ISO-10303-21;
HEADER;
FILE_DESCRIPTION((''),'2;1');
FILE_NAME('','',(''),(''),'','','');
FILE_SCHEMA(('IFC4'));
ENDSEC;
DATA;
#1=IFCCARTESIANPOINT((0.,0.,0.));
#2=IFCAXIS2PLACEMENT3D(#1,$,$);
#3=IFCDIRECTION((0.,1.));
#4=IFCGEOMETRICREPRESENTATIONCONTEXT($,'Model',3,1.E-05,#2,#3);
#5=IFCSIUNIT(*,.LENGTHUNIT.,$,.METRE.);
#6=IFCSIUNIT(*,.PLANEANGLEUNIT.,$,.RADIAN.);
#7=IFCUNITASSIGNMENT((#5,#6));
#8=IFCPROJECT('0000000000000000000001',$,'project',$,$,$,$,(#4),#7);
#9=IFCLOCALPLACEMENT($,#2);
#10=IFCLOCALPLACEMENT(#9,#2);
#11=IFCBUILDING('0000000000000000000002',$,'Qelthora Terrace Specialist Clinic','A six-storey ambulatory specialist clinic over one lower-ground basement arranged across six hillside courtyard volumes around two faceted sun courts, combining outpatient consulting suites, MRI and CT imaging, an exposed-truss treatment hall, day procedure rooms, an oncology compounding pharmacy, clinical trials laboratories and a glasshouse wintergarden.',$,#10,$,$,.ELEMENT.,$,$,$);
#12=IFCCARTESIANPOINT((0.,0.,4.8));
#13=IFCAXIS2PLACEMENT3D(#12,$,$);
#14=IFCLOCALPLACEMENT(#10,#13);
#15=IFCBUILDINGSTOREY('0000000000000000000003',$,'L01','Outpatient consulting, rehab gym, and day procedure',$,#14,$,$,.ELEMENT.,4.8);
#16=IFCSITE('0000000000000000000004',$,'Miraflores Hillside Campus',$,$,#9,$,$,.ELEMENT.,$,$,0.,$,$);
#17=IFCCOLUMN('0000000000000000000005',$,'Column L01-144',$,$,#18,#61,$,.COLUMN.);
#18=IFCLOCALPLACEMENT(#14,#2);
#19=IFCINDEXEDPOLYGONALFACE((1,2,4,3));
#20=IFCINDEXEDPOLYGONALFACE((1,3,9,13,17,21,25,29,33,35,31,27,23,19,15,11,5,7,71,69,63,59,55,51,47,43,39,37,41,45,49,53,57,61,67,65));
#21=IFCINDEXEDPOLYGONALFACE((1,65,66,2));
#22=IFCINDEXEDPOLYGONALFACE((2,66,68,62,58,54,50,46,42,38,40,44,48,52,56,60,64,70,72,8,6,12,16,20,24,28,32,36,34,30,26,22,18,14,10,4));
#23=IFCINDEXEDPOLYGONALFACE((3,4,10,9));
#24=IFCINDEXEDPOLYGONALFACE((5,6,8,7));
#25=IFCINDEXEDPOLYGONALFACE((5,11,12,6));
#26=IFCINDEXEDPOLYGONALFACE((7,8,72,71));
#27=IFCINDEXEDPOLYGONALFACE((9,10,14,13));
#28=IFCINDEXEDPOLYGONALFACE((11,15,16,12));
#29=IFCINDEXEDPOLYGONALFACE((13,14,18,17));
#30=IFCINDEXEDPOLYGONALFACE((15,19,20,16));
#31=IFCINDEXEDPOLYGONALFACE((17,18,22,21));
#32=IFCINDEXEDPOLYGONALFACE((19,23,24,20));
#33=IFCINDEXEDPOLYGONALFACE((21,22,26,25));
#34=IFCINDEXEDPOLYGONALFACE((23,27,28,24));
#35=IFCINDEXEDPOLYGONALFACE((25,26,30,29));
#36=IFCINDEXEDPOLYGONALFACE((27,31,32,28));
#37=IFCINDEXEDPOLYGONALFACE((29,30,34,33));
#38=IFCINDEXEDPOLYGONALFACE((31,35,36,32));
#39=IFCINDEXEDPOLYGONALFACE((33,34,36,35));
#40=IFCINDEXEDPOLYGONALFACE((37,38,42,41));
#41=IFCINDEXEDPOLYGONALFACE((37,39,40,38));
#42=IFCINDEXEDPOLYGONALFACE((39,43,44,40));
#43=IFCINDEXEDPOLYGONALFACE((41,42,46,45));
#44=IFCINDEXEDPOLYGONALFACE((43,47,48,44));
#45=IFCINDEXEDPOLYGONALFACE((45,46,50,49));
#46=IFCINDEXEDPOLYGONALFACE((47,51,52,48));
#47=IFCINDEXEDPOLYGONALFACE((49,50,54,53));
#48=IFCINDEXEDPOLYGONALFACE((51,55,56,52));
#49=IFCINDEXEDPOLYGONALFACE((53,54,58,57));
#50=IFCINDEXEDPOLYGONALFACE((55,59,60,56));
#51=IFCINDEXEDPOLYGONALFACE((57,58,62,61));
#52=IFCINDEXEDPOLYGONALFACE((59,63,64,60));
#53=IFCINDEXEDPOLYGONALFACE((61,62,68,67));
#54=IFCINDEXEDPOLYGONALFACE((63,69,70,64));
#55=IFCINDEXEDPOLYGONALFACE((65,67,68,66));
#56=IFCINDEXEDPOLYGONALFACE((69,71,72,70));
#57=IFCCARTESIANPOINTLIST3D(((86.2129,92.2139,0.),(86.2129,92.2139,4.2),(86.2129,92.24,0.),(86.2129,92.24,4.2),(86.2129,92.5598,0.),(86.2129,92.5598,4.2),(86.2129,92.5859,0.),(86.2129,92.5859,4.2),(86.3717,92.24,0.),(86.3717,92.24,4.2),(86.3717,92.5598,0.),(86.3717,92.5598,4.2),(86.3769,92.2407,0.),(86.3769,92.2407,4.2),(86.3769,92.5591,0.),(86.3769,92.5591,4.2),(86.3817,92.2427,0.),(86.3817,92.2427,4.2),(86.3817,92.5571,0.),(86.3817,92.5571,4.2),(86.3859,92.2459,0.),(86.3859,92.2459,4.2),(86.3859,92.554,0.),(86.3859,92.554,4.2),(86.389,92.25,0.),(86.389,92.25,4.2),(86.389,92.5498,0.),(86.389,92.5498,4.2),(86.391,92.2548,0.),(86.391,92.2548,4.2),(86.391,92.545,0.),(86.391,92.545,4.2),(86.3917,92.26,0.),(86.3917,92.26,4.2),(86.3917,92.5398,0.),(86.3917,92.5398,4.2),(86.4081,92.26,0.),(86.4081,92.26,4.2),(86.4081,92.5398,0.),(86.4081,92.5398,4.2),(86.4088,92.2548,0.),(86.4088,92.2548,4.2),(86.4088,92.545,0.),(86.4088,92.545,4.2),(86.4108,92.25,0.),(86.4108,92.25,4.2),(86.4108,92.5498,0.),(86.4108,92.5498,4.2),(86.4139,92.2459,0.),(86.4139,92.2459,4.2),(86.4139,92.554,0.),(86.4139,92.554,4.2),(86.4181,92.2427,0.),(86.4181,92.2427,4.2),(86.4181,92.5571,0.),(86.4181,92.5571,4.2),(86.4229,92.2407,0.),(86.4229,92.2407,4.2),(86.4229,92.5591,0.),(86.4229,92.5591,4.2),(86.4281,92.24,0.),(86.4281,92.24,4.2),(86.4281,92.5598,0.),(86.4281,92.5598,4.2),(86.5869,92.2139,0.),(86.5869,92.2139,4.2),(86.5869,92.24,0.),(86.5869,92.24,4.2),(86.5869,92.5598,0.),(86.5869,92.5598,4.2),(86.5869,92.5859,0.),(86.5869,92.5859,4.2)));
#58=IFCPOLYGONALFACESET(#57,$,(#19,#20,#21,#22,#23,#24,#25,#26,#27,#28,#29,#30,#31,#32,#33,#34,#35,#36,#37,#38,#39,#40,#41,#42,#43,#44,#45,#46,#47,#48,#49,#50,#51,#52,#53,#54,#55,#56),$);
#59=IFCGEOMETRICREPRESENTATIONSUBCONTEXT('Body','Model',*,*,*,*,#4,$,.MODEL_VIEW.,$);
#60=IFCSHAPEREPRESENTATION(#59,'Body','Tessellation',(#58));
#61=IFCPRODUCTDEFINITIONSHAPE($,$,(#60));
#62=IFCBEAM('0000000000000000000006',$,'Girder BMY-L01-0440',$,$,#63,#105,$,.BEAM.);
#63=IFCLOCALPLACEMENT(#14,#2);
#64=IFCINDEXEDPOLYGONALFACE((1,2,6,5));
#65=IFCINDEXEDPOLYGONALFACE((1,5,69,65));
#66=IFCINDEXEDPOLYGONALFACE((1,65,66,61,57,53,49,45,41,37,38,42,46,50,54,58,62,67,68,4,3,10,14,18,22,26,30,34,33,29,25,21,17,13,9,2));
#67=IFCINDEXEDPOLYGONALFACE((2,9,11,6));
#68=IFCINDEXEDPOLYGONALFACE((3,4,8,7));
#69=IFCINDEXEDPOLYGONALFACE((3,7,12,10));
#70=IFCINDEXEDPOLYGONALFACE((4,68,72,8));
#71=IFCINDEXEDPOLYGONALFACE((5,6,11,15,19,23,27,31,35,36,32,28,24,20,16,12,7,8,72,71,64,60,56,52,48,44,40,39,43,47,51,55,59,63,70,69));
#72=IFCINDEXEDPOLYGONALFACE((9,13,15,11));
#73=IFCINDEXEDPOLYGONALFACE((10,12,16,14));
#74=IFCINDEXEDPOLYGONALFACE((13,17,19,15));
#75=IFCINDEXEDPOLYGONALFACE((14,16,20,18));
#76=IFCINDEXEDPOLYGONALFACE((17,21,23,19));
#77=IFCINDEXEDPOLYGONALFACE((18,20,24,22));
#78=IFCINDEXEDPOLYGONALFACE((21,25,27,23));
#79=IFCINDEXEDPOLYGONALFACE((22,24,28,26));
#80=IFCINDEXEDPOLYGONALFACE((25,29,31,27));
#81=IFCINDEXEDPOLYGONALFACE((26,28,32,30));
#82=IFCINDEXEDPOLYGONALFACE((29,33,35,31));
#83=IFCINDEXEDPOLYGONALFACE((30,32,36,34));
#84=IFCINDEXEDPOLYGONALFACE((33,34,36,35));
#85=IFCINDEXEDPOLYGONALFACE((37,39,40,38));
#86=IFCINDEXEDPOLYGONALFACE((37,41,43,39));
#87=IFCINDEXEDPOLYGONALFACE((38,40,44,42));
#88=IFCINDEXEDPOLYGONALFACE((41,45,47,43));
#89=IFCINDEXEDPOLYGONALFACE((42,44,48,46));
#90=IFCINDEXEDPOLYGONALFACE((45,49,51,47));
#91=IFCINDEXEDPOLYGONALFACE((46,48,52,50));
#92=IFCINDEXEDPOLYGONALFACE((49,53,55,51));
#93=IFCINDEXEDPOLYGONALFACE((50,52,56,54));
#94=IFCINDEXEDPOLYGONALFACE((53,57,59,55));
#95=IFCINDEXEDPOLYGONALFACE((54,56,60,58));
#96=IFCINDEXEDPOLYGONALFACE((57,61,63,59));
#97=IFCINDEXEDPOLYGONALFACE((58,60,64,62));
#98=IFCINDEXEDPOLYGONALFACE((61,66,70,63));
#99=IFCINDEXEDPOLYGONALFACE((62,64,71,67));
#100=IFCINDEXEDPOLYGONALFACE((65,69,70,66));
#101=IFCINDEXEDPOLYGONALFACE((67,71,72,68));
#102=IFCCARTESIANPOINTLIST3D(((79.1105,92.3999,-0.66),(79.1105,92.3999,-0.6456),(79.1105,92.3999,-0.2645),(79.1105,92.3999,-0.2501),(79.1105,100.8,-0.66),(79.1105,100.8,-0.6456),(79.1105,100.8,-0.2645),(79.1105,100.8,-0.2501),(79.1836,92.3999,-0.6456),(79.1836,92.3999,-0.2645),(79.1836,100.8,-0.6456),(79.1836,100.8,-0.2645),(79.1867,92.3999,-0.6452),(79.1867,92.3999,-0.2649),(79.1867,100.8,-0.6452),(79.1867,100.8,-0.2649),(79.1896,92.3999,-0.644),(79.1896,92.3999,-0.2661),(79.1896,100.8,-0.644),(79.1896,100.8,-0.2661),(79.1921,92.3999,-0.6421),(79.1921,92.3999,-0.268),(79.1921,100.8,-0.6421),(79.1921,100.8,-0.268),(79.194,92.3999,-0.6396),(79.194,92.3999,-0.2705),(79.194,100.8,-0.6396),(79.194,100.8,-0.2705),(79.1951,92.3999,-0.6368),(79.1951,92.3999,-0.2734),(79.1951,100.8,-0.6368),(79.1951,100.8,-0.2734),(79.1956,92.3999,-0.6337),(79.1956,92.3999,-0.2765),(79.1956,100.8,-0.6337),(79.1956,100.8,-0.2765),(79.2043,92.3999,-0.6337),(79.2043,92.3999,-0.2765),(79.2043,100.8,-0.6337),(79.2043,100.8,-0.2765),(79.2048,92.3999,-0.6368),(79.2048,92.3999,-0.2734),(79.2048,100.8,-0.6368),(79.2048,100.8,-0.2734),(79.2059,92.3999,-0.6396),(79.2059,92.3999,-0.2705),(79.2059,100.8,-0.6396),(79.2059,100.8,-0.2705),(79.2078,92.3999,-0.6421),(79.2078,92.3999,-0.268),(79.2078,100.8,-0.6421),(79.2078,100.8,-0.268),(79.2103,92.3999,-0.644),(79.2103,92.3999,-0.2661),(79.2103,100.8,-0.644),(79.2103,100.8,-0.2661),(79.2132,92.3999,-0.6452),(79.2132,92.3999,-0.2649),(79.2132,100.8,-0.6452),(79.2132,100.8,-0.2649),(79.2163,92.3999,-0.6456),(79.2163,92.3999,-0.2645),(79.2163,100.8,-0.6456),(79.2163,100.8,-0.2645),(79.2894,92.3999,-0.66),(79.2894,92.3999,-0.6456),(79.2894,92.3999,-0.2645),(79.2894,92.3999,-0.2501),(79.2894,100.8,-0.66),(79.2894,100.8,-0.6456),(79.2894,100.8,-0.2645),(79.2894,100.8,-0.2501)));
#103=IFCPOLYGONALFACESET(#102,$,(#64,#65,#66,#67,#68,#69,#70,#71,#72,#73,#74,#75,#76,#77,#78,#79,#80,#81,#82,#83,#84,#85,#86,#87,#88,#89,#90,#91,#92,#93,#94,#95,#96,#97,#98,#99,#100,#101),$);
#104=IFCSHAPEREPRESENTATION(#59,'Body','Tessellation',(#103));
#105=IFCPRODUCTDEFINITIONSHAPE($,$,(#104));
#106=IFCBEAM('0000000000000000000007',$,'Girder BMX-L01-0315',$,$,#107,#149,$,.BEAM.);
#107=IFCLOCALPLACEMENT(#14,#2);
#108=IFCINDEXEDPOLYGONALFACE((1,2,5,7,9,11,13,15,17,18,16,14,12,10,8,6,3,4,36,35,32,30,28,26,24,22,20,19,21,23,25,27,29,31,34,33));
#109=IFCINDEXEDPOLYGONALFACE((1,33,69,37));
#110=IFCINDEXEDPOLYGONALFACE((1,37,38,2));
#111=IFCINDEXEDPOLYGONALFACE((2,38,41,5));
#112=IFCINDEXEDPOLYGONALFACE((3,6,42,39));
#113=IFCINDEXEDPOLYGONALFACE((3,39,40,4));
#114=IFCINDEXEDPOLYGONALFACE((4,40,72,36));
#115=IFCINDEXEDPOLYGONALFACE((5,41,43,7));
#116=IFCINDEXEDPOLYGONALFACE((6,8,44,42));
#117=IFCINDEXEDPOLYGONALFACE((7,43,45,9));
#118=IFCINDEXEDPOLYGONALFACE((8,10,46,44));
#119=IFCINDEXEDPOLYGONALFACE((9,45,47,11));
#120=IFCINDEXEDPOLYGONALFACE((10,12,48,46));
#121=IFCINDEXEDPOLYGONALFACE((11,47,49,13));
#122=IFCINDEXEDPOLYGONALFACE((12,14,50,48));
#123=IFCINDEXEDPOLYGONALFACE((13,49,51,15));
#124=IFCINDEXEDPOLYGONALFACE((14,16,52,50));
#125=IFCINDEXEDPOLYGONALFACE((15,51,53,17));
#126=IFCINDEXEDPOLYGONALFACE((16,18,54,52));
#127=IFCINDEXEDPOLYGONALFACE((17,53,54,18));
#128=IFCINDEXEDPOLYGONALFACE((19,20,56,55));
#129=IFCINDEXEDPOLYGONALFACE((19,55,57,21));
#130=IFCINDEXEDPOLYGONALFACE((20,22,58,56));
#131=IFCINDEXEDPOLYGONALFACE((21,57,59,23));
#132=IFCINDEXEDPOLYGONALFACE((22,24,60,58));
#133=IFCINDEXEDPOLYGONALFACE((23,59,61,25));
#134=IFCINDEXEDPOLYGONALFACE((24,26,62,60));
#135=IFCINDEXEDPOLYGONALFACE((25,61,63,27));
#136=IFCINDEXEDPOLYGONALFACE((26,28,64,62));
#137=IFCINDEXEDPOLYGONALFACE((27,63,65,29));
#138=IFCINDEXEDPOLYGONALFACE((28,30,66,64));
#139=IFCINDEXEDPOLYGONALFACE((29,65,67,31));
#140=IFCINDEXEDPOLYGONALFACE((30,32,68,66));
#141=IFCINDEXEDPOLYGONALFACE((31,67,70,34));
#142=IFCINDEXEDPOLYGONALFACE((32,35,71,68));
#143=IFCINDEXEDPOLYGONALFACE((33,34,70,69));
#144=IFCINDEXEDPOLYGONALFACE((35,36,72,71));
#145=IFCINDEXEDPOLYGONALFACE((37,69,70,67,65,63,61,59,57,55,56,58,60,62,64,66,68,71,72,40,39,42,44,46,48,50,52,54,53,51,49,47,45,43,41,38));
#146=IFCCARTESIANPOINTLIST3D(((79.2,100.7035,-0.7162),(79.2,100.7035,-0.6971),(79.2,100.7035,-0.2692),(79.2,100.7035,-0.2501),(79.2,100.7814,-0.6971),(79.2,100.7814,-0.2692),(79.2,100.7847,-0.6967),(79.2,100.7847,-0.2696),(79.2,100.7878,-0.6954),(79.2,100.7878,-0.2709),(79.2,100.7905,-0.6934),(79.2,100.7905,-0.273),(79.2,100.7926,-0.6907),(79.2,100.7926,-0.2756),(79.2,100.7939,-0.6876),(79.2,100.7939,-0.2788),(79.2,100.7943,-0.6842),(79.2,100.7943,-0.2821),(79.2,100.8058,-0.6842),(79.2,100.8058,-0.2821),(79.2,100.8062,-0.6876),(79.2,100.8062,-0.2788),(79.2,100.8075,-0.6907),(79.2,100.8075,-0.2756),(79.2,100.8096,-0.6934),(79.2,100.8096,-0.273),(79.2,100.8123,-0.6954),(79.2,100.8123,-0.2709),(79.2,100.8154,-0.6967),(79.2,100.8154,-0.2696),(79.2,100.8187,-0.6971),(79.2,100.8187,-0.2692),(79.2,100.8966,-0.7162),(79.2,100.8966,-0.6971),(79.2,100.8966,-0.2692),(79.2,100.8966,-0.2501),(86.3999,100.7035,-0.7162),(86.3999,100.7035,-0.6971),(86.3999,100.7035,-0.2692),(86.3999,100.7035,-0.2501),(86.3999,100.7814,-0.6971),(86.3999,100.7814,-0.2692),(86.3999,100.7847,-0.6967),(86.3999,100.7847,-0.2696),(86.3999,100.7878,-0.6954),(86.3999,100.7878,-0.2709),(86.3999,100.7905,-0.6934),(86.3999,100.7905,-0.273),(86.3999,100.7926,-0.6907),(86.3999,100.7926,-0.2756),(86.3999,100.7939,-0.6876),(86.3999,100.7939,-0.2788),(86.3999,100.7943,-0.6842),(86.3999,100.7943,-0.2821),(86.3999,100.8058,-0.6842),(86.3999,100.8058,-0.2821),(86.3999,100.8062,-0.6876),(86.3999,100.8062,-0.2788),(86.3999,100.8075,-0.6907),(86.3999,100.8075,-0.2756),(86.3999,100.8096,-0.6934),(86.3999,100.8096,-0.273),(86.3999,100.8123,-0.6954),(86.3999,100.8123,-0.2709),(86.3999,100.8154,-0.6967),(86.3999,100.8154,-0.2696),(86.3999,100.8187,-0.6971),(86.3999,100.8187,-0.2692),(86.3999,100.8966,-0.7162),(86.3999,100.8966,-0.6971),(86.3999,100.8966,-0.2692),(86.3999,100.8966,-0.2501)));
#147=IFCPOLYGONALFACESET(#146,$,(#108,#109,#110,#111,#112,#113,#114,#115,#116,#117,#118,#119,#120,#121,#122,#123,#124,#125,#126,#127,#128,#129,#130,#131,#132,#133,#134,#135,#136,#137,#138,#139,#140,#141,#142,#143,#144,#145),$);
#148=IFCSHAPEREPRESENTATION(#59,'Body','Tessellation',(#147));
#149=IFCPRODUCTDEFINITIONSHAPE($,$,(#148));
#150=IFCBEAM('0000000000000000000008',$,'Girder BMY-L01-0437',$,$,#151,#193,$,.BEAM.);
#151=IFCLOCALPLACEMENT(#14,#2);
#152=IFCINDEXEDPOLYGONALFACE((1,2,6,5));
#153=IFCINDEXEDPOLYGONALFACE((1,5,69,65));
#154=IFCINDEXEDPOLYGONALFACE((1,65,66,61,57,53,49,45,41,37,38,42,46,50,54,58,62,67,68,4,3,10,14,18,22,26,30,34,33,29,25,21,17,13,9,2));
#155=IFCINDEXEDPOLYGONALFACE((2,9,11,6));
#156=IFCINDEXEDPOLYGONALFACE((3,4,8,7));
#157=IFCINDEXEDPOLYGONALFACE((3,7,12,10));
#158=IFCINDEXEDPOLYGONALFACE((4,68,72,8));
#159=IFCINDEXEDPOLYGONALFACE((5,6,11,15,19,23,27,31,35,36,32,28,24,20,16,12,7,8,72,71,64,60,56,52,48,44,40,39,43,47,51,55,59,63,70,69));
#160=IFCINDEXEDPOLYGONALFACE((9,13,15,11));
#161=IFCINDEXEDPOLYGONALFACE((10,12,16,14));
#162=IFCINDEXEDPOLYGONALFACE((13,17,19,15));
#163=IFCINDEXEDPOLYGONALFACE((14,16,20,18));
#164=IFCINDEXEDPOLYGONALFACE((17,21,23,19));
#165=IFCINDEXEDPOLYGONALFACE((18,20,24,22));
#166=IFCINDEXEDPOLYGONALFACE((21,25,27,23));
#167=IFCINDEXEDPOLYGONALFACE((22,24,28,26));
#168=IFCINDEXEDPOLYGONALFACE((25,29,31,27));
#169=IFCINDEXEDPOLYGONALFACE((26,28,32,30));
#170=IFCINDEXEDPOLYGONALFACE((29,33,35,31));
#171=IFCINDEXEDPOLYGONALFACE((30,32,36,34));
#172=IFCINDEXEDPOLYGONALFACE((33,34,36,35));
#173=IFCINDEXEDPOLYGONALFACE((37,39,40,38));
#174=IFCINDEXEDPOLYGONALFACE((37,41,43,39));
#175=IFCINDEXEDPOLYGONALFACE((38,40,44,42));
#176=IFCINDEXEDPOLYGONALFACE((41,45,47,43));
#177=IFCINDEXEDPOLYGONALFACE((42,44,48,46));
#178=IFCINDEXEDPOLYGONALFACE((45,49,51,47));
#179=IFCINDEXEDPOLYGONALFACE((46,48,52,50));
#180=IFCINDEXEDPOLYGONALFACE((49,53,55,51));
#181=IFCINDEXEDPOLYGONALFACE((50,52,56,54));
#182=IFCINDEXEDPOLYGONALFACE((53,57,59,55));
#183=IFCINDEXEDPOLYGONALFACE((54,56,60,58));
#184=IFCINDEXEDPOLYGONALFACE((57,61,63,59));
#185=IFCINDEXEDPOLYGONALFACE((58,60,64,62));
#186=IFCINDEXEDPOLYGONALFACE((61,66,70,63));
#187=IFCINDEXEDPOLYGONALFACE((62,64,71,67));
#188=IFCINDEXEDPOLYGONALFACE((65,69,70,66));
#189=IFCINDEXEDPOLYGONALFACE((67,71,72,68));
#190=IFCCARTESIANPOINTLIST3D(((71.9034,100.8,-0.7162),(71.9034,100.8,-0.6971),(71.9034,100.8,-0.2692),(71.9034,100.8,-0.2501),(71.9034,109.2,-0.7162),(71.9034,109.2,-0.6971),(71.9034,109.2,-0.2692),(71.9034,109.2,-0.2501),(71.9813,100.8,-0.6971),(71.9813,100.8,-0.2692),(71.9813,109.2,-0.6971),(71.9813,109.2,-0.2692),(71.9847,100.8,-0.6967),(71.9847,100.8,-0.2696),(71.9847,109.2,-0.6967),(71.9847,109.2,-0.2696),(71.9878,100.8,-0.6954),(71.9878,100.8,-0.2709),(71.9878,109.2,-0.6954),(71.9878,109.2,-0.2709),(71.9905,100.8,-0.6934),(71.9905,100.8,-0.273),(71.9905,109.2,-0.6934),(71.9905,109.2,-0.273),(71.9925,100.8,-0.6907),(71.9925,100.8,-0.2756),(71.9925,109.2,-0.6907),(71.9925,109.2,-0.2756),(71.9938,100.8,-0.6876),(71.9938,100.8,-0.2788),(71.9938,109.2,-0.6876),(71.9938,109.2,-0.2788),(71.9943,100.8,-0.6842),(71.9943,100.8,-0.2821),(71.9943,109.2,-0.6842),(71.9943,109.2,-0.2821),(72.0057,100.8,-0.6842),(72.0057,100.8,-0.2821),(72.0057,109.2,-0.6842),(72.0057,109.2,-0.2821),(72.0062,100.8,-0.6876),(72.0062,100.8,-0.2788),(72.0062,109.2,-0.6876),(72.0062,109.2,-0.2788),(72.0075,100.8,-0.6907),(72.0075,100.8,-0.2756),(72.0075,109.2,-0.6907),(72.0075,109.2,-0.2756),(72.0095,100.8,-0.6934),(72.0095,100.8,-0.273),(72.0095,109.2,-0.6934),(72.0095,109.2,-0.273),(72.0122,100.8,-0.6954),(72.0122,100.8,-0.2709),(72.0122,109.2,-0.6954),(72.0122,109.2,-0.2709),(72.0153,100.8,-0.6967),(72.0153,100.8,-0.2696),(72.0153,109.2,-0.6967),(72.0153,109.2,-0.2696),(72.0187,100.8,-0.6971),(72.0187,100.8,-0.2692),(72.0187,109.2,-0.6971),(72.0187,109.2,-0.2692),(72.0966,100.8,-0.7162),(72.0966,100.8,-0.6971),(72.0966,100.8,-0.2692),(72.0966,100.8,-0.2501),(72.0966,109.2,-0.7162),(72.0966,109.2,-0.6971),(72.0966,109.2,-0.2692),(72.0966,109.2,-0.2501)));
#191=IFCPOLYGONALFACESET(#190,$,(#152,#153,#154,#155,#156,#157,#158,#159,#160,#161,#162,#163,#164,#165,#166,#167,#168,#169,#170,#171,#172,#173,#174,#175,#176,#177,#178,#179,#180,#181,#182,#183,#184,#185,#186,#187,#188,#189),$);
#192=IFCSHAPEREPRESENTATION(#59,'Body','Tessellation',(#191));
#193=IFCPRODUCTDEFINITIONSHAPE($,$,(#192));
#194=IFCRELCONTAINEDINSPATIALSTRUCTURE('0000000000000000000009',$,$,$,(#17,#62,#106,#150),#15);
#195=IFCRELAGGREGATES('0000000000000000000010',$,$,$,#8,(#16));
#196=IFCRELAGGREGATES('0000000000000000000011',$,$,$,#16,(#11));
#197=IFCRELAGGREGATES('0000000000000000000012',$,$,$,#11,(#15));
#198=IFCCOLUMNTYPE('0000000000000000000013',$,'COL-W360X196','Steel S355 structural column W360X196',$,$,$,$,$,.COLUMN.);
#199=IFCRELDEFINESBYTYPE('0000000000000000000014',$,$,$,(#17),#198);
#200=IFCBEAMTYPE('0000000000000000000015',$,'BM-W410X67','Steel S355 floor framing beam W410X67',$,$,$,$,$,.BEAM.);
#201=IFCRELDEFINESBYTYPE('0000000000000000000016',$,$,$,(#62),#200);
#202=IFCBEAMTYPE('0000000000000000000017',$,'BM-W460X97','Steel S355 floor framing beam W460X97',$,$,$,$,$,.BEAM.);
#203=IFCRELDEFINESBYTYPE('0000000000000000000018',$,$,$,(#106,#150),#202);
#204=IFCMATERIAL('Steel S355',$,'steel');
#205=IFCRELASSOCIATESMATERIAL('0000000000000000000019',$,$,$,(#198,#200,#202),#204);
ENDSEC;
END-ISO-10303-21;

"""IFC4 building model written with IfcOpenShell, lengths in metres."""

from ifc_helpers import new_model, si_unit, direction, frame, origin, origin_2d, place, context, subcontext, project, spatial, i_section, extrude, material, material_profile, profile_set, type_object, element, save


model = new_model("IFC4")

# Units and contexts
model_context = context("Model", 3, precision=1e-05, world=origin(), true_north=direction((0.0, 1.0)))
body_context = subcontext(model_context, "Body", "Model", "MODEL_VIEW")
ifc_project = project(units=[si_unit("LENGTHUNIT", "METRE"), si_unit("PLANEANGLEUNIT", "RADIAN")], contexts=[model_context])

# Site, building, storey
site_placement = place(None, origin())
site = spatial("IfcSite", under=ifc_project, at=site_placement, Name="Miraflores Hillside Campus", CompositionType="ELEMENT", RefElevation=0.0)
building_placement = place(site_placement, origin())
building = spatial("IfcBuilding", under=site, at=building_placement, Name="Qelthora Terrace Specialist Clinic", Description="A six-storey ambulatory specialist clinic over one lower-ground basement arranged across six hillside courtyard volumes around two faceted sun courts, combining outpatient consulting suites, MRI and CT imaging, an exposed-truss treatment hall, day procedure rooms, an oncology compounding pharmacy, clinical trials laboratories and a glasshouse wintergarden.", CompositionType="ELEMENT")
storey_placement = place(building_placement, frame((0.0, 0.0, 4.8)))
storey = spatial("IfcBuildingStorey", under=building, at=storey_placement, Name="L01", Description="Outpatient consulting, rehab gym, and day procedure", CompositionType="ELEMENT", Elevation=4.8)

# Column
ifc_material_1 = material(Name="Steel S355", Category="steel")
ifc_material_profile_1 = material_profile(ifc_material_1, i_section(OverallWidth=0.374, OverallDepth=0.3721, WebThickness=0.0164, FlangeThickness=0.0261, FilletRadius=0.02, at=origin_2d()), Name="W360X196")
ifc_profile_set_1 = profile_set([ifc_material_profile_1], Name="Steel S355")
column_type_1 = type_object("IfcColumnType", Name="COL-W360X196", Description="Steel S355 structural column W360X196", PredefinedType="COLUMN", material=ifc_profile_set_1)
for number, where, z_axis, x_axis, name in (
    (1, (86.3999, 92.3999, 0.0), (0.0, 0.0, 1.0), (1.0, 0.0, 0.0), "Column L01-144"),
):
    element("IfcColumn", number, at=place(storey_placement, frame(where, z_axis=z_axis, x_axis=x_axis)), inside=storey, type_object=column_type_1, Name=name, PredefinedType="COLUMN", context=body_context, shape_type="SweptSolid", body=[
        extrude(i_section(OverallWidth=0.374, OverallDepth=0.3721, WebThickness=0.0164, FlangeThickness=0.0261, FilletRadius=0.02, at=origin_2d()), origin(), (0.0, 0.0, 1.0), 4.2),
    ])

# Beams
ifc_material_profile_2 = material_profile(ifc_material_1, i_section(OverallWidth=0.179, OverallDepth=0.4099, WebThickness=0.0088, FlangeThickness=0.0144, FilletRadius=0.012, at=origin_2d()), Name="W410X67")
ifc_profile_set_2 = profile_set([ifc_material_profile_2], Name="Steel S355")
beam_type_1 = type_object("IfcBeamType", Name="BM-W410X67", Description="Steel S355 floor framing beam W410X67", PredefinedType="BEAM", material=ifc_profile_set_2)
beam_1_placement = place(storey_placement, frame((79.2, 92.3999, -0.4551), z_axis=(0.0, 1.0, 0.0), x_axis=(-1.0, 0.0, 0.0)))
element("IfcBeam", 2, at=beam_1_placement, inside=storey, type_object=beam_type_1, Name="Girder BMY-L01-0440", PredefinedType="BEAM", context=body_context, shape_type="SweptSolid", body=[
    extrude(i_section(OverallWidth=0.179, OverallDepth=0.4099, WebThickness=0.0088, FlangeThickness=0.0144, FilletRadius=0.012, at=origin_2d()), origin(), (0.0, 0.0, 1.0), 8.4001),
])
ifc_material_profile_3 = material_profile(ifc_material_1, i_section(OverallWidth=0.1931, OverallDepth=0.4661, WebThickness=0.0115, FlangeThickness=0.019, FilletRadius=0.0129, at=origin_2d()), Name="W460X97")
ifc_profile_set_3 = profile_set([ifc_material_profile_3], Name="Steel S355")
beam_type_2 = type_object("IfcBeamType", Name="BM-W460X97", Description="Steel S355 floor framing beam W460X97", PredefinedType="BEAM", material=ifc_profile_set_3)
beam_2_placement = place(storey_placement, frame((79.2, 100.8, -0.4832), z_axis=(1.0, 0.0, 0.0), x_axis=(0.0, 1.0, 0.0)))
element("IfcBeam", 3, at=beam_2_placement, inside=storey, type_object=beam_type_2, Name="Girder BMX-L01-0315", PredefinedType="BEAM", context=body_context, shape_type="SweptSolid", body=[
    extrude(i_section(OverallWidth=0.1931, OverallDepth=0.4661, WebThickness=0.0115, FlangeThickness=0.019, FilletRadius=0.0129, at=origin_2d()), origin(), (0.0, 0.0, 1.0), 7.2),
])
beam_3_placement = place(storey_placement, frame((72.0, 100.8, -0.4832), z_axis=(0.0, 1.0, 0.0), x_axis=(-1.0, 0.0, 0.0)))
element("IfcBeam", 4, at=beam_3_placement, inside=storey, type_object=beam_type_2, Name="Girder BMY-L01-0437", PredefinedType="BEAM", context=body_context, shape_type="SweptSolid", body=[
    extrude(i_section(OverallWidth=0.1931, OverallDepth=0.4661, WebThickness=0.0115, FlangeThickness=0.019, FilletRadius=0.0129, at=origin_2d()), origin(), (0.0, 0.0, 1.0), 8.3999),
])

save(model, "model.ifc")
